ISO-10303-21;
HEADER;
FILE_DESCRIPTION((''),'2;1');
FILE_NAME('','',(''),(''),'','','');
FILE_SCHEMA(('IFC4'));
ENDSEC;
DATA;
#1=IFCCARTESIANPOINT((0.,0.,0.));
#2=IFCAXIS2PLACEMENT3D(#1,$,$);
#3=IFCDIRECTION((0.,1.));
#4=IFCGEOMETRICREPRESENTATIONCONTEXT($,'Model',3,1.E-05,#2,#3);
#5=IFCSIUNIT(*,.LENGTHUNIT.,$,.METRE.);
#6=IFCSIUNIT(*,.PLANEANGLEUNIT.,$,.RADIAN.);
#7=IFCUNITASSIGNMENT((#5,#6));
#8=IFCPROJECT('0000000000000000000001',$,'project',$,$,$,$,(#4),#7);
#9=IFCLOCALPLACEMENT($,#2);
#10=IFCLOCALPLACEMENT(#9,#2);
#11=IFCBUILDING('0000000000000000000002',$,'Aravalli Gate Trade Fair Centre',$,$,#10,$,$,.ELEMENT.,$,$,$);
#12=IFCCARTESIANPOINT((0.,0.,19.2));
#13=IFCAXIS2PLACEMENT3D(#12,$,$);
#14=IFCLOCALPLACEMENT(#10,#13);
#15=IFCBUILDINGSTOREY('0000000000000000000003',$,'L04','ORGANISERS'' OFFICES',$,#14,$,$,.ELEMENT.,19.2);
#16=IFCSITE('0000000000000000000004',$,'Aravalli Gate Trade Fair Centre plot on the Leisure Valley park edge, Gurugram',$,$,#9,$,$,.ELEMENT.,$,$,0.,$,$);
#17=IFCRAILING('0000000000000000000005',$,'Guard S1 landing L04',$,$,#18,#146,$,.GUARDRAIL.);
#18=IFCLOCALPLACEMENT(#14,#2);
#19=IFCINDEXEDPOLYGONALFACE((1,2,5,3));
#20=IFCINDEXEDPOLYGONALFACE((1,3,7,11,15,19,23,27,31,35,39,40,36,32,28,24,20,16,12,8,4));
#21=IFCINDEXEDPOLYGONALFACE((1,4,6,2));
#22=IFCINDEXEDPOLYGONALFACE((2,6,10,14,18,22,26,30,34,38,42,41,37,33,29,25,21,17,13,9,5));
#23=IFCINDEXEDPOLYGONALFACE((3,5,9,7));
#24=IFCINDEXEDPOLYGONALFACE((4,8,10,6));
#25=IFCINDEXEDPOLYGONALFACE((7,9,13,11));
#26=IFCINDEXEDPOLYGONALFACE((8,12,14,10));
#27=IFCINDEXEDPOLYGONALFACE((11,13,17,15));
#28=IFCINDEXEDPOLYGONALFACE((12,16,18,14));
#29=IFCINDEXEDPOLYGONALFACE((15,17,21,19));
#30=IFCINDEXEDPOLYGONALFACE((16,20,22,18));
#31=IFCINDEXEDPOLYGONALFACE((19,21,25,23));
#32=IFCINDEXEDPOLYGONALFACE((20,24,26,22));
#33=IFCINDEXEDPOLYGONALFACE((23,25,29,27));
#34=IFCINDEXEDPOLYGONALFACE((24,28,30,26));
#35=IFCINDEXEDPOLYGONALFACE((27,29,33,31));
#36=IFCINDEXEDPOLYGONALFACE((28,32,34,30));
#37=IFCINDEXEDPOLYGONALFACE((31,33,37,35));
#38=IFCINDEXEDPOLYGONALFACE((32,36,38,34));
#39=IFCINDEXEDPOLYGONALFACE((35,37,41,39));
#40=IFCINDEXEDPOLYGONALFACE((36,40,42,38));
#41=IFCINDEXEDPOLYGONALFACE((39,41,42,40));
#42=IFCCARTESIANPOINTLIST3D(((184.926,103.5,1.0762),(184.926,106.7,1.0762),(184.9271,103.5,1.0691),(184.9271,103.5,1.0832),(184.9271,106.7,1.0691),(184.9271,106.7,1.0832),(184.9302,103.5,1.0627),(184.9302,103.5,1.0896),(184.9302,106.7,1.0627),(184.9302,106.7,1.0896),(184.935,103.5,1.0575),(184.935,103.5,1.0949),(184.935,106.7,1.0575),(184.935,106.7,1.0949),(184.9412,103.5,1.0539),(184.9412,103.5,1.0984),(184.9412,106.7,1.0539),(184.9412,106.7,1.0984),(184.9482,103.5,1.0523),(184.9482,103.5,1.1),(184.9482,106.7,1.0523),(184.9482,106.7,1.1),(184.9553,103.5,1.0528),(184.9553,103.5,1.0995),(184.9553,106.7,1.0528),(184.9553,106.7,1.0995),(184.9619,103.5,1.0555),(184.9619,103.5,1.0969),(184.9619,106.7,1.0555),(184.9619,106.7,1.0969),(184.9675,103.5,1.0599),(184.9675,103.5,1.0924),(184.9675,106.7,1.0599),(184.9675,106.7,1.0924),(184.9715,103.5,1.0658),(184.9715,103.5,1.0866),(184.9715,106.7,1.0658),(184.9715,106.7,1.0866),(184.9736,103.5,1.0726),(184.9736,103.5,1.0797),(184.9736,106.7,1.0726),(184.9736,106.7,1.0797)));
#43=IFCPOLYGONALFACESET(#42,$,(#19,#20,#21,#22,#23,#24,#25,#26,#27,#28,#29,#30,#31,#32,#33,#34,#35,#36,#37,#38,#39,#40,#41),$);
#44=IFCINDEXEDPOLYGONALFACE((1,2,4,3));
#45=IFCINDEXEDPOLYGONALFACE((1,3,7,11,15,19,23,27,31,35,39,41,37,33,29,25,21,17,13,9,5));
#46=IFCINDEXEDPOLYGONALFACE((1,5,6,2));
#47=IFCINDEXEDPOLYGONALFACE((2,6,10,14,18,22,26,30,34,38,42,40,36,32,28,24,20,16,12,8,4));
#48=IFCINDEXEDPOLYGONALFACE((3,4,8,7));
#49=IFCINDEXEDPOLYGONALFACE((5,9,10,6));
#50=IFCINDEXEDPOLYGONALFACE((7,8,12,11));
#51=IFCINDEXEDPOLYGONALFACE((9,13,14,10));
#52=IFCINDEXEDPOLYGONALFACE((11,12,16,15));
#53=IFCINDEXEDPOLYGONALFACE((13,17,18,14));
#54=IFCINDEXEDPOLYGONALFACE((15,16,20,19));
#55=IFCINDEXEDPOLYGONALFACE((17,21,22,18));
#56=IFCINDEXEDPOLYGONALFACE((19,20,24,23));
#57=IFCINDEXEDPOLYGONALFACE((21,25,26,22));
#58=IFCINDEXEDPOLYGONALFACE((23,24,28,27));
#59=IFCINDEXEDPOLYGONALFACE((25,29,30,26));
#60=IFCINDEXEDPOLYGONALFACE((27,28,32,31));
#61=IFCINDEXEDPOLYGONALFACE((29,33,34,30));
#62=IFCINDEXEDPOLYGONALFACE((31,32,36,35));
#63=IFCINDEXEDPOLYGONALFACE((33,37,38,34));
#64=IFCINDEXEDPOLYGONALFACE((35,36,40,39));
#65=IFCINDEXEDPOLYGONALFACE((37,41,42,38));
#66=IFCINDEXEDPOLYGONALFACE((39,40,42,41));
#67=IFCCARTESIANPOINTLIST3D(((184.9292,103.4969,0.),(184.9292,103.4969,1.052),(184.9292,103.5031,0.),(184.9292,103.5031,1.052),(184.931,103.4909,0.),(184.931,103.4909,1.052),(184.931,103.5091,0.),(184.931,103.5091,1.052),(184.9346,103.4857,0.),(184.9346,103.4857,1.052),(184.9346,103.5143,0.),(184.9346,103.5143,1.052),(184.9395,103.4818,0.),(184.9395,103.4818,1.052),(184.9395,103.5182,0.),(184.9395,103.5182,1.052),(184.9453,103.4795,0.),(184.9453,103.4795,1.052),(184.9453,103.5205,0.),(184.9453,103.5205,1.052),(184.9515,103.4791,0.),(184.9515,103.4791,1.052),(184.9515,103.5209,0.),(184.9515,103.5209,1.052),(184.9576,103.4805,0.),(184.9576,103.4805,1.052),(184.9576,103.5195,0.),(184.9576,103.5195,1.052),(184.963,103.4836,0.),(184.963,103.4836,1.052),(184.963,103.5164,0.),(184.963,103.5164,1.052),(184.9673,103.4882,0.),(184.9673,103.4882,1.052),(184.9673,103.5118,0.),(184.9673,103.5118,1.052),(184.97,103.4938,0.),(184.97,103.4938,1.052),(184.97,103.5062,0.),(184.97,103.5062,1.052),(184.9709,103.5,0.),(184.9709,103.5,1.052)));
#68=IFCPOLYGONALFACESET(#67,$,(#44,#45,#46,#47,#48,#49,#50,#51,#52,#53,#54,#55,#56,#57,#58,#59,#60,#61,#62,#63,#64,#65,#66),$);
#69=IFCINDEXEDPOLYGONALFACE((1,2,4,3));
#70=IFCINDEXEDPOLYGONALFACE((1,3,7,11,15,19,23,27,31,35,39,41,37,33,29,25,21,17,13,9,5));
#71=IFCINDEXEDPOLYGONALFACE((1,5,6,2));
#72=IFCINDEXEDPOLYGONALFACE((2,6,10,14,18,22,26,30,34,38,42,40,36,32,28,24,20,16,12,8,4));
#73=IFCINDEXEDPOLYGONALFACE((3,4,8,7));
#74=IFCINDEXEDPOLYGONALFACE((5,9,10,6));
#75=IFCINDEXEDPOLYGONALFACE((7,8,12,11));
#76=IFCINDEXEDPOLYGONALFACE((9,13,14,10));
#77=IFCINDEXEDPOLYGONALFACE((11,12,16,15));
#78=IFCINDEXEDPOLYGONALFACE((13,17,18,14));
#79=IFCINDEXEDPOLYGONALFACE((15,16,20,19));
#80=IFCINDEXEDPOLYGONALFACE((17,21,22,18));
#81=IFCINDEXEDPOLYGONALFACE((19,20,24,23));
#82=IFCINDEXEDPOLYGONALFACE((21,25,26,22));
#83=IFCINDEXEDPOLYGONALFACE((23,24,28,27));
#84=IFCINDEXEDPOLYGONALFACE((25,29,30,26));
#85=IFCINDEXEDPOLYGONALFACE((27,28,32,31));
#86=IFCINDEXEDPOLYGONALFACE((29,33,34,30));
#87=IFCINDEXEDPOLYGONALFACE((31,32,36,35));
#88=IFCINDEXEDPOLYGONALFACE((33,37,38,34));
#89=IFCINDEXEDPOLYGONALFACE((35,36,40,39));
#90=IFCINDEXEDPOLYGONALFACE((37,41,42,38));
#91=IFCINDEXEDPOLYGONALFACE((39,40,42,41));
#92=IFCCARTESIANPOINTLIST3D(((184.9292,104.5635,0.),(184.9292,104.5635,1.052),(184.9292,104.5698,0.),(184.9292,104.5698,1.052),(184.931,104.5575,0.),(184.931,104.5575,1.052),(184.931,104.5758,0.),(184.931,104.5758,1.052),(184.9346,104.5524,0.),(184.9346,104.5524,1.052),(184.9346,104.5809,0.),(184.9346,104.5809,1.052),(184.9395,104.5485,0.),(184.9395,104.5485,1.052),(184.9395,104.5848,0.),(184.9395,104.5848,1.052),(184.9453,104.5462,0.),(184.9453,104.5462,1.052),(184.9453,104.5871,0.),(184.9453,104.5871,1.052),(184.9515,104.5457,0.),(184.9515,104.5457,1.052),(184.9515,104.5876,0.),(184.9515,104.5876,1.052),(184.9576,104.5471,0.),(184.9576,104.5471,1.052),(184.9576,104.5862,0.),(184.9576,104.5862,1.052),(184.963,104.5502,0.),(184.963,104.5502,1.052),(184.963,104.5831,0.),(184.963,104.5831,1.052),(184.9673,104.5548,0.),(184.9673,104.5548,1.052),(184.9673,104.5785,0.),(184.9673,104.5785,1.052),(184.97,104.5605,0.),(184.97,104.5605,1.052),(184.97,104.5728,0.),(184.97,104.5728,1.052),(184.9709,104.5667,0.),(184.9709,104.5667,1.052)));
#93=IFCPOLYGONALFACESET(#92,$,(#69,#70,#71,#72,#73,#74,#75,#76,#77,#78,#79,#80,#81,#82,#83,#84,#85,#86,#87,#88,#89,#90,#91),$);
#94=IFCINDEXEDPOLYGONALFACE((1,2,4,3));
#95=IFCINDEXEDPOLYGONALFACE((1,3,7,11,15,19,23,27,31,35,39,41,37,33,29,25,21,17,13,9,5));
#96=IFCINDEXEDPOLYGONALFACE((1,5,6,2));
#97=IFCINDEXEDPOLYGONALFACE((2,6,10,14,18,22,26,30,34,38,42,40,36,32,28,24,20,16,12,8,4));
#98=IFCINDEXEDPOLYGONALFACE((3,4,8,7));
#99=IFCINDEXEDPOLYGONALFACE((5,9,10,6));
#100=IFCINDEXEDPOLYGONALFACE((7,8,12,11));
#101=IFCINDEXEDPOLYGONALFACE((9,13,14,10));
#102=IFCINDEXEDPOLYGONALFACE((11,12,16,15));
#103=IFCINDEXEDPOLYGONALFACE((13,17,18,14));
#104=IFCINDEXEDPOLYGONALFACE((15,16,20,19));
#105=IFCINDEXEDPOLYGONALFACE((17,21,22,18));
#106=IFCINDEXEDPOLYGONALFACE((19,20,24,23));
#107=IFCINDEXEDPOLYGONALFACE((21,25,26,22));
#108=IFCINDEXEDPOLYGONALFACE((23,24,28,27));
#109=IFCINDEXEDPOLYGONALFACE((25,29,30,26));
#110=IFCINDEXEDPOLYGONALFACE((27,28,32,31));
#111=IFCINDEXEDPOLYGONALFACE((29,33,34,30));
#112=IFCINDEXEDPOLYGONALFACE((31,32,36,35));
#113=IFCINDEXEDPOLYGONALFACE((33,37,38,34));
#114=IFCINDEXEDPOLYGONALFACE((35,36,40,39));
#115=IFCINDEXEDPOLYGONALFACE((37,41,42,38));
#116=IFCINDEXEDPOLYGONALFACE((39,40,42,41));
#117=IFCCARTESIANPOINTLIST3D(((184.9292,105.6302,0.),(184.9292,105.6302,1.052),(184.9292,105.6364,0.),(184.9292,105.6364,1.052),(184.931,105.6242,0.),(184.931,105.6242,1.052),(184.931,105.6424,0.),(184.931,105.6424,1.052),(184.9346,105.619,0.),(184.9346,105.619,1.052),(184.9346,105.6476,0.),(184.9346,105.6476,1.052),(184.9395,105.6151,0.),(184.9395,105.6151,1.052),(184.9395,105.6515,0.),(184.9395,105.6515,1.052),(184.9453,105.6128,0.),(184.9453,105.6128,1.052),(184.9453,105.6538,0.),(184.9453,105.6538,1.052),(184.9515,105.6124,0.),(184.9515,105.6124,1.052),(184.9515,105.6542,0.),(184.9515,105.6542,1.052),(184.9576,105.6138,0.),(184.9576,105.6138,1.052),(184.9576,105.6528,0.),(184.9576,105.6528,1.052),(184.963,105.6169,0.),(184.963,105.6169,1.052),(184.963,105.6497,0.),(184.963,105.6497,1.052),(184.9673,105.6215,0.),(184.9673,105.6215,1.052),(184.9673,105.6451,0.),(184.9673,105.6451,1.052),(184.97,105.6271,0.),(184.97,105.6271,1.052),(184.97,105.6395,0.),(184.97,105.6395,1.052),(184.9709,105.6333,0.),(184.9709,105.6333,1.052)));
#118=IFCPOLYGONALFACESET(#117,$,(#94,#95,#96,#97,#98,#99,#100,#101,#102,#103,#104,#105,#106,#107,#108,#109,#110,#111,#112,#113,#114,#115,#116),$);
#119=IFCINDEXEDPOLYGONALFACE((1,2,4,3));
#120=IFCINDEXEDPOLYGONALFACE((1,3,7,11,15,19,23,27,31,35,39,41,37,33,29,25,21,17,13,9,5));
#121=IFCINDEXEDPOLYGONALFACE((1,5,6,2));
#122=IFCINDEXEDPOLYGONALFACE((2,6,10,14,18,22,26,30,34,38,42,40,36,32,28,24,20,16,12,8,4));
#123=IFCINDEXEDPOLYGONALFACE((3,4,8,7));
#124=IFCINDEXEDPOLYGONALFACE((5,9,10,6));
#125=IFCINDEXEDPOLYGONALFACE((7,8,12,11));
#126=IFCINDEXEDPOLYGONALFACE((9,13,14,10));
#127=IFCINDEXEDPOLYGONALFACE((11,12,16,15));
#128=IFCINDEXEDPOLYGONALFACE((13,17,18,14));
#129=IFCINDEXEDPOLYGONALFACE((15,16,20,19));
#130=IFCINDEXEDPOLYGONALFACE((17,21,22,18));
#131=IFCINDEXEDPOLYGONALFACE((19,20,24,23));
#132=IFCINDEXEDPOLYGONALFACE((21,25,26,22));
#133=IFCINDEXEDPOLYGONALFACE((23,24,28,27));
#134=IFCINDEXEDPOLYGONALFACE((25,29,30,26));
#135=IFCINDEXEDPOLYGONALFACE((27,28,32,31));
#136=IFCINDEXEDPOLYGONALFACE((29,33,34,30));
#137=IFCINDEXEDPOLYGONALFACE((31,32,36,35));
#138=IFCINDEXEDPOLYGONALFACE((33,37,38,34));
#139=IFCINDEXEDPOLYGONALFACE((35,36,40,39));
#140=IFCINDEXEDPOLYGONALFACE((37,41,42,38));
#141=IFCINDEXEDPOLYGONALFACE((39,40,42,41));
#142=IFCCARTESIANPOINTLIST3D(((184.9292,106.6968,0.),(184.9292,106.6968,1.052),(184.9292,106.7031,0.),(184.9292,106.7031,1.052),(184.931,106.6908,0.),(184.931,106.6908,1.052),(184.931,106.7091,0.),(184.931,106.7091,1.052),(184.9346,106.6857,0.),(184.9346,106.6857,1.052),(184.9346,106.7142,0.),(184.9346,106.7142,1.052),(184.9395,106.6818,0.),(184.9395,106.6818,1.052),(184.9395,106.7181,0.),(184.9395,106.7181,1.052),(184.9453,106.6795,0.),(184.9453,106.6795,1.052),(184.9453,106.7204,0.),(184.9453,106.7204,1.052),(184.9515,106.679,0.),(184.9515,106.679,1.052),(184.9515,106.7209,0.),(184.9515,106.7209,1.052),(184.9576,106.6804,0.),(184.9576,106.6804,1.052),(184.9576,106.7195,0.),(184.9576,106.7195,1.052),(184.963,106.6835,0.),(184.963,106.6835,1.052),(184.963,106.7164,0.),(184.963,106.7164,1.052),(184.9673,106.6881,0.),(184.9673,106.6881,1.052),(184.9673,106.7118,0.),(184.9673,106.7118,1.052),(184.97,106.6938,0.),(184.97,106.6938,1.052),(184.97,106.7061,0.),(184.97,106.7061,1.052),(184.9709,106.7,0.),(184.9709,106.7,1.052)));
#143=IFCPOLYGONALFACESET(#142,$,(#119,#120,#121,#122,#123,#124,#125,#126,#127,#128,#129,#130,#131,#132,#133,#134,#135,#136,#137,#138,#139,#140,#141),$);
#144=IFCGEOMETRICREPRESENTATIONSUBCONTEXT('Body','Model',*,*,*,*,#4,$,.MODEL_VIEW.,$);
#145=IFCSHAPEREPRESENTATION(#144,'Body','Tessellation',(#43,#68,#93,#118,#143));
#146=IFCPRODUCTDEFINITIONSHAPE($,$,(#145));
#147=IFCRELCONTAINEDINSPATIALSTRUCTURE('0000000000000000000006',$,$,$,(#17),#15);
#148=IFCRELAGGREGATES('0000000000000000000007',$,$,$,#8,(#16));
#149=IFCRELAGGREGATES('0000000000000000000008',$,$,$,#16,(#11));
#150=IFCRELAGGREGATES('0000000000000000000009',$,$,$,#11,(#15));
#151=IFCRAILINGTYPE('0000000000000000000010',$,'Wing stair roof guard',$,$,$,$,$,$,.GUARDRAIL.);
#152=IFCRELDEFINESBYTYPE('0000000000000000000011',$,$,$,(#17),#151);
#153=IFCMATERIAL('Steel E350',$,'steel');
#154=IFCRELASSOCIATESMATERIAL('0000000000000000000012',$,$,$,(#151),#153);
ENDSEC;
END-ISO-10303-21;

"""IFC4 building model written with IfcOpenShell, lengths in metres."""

from ifc_helpers import new_model, si_unit, direction, frame, origin, origin_2d, place, context, subcontext, project, spatial, circle, extrude, material, type_object, element, save


model = new_model("IFC4")

# Units and contexts
model_context = context("Model", 3, precision=1e-05, world=origin(), true_north=direction((0.0, 1.0)))
body_context = subcontext(model_context, "Body", "Model", "MODEL_VIEW")
ifc_project = project(units=[si_unit("LENGTHUNIT", "METRE"), si_unit("PLANEANGLEUNIT", "RADIAN")], contexts=[model_context])

# Site, building, storey
site_placement = place(None, origin())
site = spatial("IfcSite", under=ifc_project, at=site_placement, Name="Aravalli Gate Trade Fair Centre plot on the Leisure Valley park edge, Gurugram", CompositionType="ELEMENT", RefElevation=0.0)
building_placement = place(site_placement, origin())
building = spatial("IfcBuilding", under=site, at=building_placement, Name="Aravalli Gate Trade Fair Centre", CompositionType="ELEMENT")
storey_placement = place(building_placement, frame((0.0, 0.0, 19.2)))
storey = spatial("IfcBuildingStorey", under=building, at=storey_placement, Name="L04", Description="ORGANISERS' OFFICES", CompositionType="ELEMENT", Elevation=19.2)

# Shared definitions
ifc_material_1 = material(Name="Steel E350", Category="steel")

# Railing
railing_type = type_object("IfcRailingType", Name="Wing stair roof guard", PredefinedType="GUARDRAIL", material=ifc_material_1)
railing_placement = place(storey_placement, frame((184.95, 103.5, 0.0)))
element("IfcRailing", 1, at=railing_placement, inside=storey, type_object=railing_type, Name="Guard S1 landing L04", PredefinedType="GUARDRAIL", context=body_context, shape_type="SweptSolid", body=[
    extrude(circle(Radius=0.0239, at=origin_2d()), frame((0.0, 0.0, 1.0762), z_axis=(0.0, 1.0, 0.0), x_axis=(-1.0, 0.0, 0.0)), (0.0, 0.0, 1.0), 3.2),
    extrude(circle(Radius=0.021, at=origin_2d()), origin(), (0.0, 0.0, 1.0), 1.052),
    extrude(circle(Radius=0.021, at=origin_2d()), frame((0.0, 1.0667, 0.0)), (0.0, 0.0, 1.0), 1.052),
    extrude(circle(Radius=0.021, at=origin_2d()), frame((0.0, 2.1333, 0.0)), (0.0, 0.0, 1.0), 1.052),
    extrude(circle(Radius=0.021, at=origin_2d()), frame((0.0, 3.2, 0.0)), (0.0, 0.0, 1.0), 1.052),
])

save(model, "model.ifc")
